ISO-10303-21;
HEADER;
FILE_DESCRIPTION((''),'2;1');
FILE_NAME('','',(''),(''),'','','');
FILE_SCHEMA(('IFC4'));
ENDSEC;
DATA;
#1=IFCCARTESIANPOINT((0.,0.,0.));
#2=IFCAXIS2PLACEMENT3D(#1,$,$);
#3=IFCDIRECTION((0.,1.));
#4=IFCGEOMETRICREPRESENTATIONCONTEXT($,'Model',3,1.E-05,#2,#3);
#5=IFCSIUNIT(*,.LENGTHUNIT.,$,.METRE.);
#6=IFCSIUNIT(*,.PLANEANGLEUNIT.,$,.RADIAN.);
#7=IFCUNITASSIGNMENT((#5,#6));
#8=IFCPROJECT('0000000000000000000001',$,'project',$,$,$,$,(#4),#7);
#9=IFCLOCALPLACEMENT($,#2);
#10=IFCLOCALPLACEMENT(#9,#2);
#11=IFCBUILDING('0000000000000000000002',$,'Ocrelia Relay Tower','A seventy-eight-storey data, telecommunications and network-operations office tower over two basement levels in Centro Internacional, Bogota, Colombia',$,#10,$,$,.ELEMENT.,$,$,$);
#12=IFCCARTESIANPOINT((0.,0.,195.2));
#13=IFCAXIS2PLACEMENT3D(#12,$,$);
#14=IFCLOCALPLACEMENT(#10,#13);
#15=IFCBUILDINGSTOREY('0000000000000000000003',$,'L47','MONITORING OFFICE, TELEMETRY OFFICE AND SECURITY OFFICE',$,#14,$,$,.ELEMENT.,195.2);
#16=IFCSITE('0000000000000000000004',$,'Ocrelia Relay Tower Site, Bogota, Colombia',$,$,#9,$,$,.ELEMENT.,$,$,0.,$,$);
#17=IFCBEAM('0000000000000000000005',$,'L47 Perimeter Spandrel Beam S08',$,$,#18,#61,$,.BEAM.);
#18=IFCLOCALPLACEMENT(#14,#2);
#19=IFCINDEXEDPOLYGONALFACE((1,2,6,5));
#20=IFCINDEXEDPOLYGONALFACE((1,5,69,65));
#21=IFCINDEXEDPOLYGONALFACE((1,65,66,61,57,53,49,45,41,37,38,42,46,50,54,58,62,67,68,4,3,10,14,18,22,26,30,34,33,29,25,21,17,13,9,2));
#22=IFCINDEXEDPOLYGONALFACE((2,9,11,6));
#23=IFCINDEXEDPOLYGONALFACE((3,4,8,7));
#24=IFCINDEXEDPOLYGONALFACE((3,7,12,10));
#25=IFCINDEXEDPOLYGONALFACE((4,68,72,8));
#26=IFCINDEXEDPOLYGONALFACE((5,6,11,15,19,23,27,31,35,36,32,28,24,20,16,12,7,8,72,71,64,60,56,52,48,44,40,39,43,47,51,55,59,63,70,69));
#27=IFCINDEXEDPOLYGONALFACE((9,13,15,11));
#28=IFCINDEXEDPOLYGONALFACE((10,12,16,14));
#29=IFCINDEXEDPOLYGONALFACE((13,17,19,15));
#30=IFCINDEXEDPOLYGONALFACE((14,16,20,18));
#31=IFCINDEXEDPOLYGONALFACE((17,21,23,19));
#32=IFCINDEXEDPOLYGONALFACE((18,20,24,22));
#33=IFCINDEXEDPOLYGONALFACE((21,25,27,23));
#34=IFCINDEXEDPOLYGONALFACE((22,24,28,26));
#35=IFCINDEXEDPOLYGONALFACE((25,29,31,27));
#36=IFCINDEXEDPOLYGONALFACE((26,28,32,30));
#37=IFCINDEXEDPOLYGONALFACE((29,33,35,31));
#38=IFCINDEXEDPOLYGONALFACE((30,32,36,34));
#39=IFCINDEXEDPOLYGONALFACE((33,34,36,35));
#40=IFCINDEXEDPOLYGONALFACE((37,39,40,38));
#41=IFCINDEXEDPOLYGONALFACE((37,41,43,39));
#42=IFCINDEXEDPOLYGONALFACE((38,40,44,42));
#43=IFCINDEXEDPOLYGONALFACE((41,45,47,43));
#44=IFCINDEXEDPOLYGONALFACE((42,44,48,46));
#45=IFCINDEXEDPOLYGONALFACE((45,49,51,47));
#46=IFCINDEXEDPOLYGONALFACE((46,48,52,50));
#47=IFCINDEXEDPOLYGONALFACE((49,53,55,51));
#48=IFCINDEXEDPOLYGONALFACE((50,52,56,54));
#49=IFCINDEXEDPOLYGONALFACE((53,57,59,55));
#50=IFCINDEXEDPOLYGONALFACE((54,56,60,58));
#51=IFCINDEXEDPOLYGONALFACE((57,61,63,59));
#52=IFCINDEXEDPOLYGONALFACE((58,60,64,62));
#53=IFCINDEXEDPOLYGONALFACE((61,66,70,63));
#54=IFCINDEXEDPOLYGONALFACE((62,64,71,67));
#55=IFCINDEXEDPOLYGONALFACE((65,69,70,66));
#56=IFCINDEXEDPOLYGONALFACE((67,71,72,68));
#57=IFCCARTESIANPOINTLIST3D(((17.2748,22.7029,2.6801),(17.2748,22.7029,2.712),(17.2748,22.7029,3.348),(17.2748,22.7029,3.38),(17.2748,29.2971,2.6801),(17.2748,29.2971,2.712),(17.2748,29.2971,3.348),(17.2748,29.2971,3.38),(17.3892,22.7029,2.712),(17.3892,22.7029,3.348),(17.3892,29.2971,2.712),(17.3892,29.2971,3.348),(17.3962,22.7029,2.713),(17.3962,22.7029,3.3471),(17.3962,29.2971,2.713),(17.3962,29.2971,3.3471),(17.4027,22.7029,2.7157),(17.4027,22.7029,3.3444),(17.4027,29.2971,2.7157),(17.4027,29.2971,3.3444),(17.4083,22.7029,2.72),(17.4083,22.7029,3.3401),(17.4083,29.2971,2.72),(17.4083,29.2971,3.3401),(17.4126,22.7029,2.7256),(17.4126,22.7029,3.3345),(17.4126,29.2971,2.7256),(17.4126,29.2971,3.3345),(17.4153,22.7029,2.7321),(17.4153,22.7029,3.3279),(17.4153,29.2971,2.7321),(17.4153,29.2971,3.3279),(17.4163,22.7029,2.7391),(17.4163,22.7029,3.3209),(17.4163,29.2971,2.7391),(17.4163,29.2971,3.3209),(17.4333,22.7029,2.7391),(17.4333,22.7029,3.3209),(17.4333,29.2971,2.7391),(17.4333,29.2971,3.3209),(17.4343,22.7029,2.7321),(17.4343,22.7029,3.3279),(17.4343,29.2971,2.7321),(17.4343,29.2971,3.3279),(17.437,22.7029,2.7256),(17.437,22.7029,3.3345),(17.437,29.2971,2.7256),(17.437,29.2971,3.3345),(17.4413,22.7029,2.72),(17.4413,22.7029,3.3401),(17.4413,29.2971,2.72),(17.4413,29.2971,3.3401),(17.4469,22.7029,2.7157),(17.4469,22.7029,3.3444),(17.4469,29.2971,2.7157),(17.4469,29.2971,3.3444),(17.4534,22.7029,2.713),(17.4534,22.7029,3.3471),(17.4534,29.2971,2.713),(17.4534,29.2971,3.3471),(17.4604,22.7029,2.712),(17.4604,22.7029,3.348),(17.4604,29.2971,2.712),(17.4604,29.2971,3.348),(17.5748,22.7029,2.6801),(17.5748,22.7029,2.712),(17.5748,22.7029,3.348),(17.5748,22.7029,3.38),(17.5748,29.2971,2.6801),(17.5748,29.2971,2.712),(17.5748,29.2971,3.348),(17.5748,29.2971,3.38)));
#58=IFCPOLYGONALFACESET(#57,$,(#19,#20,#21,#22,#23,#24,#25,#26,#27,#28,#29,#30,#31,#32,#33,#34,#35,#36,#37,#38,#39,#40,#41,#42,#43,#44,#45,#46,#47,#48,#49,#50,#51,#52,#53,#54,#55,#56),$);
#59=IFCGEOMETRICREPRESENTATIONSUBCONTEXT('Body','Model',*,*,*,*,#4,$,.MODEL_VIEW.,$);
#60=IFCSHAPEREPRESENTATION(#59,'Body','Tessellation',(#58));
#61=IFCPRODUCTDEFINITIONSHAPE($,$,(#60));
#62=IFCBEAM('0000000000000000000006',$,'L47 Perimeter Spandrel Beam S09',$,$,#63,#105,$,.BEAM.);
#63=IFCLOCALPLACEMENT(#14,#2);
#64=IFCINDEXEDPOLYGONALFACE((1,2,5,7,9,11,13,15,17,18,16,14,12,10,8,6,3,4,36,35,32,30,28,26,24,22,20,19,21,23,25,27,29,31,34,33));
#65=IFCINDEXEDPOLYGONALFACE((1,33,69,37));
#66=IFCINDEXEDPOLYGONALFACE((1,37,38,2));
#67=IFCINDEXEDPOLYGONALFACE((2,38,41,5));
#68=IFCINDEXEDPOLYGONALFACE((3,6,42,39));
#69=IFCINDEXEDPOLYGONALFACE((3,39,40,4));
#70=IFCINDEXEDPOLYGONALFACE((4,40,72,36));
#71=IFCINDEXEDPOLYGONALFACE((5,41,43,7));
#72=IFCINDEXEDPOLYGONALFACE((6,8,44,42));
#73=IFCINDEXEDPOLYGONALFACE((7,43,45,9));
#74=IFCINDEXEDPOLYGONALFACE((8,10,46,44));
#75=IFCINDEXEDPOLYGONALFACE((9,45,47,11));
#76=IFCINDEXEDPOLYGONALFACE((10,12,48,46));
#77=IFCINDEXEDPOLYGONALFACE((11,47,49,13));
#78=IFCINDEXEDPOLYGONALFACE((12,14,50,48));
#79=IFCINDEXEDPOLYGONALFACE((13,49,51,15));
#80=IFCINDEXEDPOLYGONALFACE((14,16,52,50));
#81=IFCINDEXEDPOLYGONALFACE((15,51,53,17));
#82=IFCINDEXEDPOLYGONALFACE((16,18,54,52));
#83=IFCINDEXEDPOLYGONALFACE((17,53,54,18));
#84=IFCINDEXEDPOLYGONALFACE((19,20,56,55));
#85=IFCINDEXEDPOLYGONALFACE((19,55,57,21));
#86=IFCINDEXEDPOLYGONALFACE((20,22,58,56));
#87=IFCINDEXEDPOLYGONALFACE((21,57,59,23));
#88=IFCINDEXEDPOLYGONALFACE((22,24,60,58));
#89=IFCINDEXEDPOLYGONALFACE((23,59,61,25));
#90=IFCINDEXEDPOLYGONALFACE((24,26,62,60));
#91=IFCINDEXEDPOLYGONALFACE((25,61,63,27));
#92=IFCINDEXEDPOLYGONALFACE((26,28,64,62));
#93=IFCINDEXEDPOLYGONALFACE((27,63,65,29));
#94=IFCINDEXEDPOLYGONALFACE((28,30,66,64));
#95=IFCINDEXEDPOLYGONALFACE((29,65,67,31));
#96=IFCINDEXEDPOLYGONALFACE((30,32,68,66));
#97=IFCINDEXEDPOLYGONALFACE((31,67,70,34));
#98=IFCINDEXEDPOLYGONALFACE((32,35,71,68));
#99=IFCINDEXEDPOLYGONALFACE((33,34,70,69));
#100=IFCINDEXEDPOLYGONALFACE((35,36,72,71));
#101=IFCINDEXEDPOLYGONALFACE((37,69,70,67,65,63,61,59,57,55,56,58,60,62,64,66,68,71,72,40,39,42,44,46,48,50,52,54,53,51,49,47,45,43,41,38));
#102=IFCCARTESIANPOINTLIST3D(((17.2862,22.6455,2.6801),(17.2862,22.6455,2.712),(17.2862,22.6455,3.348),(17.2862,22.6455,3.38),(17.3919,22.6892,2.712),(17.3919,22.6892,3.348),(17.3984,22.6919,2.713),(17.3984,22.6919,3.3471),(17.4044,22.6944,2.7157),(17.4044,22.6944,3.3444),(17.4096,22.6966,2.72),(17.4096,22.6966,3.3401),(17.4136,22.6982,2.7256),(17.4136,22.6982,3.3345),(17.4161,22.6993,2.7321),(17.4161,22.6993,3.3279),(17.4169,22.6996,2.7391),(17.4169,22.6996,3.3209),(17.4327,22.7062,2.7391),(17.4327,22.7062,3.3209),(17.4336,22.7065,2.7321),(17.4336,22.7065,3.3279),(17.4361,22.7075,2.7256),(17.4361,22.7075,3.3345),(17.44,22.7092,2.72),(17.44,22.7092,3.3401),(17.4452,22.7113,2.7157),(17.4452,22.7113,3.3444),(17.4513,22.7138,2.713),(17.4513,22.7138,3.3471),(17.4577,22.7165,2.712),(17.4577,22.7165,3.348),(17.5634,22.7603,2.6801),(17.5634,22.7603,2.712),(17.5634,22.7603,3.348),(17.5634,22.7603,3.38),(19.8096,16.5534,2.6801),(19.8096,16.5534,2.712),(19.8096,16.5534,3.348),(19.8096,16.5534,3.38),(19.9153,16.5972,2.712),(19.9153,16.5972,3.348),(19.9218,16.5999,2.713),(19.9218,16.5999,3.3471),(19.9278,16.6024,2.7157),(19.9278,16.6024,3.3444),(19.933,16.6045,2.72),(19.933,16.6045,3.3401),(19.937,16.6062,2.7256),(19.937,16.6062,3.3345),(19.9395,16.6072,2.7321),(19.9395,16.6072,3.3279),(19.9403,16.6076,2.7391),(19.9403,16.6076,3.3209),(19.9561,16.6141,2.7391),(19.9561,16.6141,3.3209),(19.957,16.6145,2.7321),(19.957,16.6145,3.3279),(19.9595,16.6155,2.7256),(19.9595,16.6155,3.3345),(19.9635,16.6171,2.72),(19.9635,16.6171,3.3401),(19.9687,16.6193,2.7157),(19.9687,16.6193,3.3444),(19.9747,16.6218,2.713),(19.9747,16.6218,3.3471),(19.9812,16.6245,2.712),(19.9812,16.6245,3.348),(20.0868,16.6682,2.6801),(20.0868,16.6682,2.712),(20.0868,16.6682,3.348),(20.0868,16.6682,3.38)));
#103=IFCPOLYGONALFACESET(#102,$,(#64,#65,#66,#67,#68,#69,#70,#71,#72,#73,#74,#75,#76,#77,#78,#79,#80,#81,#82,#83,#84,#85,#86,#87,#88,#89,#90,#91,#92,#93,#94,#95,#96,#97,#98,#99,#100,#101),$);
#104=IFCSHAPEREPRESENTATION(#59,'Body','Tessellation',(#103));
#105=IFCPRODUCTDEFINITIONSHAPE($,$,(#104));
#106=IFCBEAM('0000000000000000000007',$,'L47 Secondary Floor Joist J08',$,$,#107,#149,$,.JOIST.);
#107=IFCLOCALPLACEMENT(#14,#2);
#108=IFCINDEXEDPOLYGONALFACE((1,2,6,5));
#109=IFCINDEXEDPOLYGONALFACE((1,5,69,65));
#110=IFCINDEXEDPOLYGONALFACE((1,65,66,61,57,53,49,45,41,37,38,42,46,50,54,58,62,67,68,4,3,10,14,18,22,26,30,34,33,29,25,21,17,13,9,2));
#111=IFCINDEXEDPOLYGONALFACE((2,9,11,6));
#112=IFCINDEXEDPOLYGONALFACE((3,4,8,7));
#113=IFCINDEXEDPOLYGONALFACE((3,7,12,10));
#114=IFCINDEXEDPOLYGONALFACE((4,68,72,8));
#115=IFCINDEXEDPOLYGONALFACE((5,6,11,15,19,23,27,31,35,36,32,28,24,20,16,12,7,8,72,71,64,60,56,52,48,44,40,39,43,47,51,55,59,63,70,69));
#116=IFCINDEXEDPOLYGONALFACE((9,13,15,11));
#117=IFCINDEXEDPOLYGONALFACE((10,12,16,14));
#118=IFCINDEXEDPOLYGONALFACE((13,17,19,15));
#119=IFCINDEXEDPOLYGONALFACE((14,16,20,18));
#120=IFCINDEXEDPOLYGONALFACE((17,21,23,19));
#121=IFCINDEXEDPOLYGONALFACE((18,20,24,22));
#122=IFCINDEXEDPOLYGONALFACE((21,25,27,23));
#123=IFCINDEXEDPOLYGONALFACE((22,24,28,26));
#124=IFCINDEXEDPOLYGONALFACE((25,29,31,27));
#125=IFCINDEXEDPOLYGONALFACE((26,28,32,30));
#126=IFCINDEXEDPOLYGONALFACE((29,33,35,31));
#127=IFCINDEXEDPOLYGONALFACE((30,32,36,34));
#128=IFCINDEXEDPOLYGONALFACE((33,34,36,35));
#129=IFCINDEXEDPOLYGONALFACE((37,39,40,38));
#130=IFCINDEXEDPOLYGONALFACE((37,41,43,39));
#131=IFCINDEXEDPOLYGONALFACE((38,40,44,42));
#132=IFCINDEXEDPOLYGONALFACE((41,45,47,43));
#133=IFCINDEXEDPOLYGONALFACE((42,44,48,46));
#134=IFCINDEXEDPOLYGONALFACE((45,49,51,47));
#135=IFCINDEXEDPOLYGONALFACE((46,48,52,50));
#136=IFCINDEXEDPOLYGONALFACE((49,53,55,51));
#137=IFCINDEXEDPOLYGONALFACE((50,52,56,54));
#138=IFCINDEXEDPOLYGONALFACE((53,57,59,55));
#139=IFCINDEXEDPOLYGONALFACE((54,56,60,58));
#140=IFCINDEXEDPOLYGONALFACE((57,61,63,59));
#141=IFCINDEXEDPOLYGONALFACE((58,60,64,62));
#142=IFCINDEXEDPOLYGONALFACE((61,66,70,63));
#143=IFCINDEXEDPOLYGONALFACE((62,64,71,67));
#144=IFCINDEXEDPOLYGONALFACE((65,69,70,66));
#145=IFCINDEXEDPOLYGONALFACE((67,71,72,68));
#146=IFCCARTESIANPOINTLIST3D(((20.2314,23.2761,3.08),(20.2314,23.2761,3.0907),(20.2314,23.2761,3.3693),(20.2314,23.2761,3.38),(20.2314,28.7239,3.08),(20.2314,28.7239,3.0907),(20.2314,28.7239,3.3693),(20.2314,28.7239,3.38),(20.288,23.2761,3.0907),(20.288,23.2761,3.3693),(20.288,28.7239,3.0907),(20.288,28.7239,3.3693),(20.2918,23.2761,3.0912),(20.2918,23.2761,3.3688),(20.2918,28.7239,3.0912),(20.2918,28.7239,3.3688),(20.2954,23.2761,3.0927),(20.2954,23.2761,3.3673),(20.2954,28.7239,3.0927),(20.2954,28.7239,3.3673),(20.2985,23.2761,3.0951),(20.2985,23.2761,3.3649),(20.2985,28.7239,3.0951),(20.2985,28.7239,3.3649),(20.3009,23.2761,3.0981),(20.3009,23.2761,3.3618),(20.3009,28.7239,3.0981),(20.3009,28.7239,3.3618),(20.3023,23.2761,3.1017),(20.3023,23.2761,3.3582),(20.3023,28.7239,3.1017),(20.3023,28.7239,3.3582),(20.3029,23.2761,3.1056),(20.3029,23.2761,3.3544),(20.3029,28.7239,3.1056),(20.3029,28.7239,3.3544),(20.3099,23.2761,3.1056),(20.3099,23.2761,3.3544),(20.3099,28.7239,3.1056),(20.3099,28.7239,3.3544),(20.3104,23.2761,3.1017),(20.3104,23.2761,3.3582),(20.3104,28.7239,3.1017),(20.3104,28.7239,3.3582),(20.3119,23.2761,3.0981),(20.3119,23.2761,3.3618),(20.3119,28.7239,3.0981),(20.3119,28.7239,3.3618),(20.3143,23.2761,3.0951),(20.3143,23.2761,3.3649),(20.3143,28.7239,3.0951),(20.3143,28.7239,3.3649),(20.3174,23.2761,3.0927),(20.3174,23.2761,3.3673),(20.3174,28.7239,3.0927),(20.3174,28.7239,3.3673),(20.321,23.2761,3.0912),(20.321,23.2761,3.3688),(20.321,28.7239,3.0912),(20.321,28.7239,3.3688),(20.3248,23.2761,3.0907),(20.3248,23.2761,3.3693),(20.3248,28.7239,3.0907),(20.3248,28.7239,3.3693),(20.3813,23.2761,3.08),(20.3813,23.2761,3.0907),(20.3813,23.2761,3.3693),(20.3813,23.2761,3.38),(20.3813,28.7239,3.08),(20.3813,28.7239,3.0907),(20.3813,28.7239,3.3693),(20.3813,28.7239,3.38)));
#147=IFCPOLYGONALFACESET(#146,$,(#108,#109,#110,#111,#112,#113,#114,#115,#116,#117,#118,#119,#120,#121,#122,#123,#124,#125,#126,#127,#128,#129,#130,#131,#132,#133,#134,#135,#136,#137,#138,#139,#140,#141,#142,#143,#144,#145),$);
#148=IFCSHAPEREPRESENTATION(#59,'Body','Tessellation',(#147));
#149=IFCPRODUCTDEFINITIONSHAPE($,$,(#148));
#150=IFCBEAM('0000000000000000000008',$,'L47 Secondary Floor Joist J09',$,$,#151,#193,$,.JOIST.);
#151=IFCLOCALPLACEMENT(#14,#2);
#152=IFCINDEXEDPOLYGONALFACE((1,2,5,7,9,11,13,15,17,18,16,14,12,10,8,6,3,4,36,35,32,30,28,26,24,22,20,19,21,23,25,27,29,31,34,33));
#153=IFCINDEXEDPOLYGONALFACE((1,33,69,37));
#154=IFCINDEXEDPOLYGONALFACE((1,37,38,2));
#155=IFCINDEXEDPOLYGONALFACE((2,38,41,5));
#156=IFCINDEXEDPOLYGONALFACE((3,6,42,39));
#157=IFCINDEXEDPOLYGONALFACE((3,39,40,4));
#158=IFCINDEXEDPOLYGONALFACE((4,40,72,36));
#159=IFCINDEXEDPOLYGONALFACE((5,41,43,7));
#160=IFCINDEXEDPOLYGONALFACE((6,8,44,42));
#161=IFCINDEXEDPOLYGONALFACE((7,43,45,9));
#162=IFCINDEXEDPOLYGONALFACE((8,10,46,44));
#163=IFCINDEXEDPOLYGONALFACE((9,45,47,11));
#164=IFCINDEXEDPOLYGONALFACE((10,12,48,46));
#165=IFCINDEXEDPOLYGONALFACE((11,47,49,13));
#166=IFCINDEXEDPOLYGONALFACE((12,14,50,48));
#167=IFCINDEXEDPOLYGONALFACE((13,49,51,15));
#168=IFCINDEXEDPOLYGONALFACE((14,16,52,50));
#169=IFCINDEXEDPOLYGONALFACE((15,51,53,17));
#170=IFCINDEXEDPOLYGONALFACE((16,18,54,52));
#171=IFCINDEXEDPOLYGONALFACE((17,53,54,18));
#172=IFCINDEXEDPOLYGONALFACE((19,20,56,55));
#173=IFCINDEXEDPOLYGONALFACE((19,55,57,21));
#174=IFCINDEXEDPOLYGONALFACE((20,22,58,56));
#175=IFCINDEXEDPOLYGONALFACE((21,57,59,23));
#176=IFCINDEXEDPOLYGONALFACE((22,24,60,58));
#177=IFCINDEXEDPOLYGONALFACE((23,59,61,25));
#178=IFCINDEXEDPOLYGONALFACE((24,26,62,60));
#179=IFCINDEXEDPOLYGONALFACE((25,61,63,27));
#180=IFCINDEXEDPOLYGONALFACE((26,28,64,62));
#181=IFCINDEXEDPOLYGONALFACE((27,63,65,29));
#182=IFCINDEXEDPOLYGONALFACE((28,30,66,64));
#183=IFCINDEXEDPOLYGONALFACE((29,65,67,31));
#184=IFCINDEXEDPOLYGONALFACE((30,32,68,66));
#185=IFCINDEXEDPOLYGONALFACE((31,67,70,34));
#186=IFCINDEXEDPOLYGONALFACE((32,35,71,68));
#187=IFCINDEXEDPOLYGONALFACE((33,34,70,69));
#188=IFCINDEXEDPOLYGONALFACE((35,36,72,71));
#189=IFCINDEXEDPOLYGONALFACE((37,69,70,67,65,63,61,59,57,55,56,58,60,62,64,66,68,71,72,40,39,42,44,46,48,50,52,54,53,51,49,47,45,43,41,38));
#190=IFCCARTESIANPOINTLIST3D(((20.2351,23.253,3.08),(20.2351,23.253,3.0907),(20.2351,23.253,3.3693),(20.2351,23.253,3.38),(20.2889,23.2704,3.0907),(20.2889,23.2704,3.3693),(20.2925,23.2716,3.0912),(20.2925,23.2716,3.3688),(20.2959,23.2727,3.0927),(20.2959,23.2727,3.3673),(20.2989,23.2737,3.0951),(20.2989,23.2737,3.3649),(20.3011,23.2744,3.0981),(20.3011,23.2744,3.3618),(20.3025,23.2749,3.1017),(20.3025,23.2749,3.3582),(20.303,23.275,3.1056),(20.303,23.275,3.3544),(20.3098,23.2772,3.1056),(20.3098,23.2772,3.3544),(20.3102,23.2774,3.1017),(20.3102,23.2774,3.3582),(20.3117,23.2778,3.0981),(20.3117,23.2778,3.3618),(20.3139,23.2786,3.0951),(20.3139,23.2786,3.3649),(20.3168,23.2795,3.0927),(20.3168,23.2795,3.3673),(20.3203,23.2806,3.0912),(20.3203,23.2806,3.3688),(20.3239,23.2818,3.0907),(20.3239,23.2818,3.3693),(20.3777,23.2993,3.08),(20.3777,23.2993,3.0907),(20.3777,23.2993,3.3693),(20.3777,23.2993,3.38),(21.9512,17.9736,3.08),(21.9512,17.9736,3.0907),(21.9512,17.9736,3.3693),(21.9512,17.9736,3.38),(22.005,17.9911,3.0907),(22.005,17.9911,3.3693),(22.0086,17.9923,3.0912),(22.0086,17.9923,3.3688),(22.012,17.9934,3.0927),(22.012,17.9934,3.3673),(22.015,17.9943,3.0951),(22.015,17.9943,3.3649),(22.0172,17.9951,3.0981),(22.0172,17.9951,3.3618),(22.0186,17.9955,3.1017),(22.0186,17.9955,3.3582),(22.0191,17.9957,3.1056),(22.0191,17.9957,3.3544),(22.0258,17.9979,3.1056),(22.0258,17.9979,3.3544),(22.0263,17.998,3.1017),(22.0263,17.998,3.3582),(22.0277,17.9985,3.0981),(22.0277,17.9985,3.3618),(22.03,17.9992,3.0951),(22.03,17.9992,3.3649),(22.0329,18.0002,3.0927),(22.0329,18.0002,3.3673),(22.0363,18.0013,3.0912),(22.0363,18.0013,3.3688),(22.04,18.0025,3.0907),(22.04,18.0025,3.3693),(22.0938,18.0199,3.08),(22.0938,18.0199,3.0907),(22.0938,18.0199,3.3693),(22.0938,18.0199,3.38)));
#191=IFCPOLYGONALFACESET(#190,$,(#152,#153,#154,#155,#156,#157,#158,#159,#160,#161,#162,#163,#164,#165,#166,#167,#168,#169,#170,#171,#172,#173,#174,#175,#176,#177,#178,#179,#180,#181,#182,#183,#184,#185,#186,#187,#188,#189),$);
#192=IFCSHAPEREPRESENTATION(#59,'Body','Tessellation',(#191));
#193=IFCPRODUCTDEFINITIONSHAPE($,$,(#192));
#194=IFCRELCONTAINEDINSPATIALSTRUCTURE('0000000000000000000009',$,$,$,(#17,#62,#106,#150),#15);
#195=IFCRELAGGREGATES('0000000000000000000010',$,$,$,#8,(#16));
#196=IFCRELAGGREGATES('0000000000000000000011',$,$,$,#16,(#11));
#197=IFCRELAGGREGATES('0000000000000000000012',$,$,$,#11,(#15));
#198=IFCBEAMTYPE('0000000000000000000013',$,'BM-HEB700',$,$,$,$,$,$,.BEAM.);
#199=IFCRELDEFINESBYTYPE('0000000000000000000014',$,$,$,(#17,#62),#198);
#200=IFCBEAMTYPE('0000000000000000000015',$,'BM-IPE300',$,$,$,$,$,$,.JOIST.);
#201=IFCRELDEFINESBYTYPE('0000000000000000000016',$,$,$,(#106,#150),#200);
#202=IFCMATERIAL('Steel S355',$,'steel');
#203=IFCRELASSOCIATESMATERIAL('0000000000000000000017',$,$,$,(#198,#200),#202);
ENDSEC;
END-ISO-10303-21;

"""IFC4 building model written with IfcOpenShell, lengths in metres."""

from ifc_helpers import new_model, si_unit, direction, frame, origin, origin_2d, place, context, subcontext, project, spatial, i_section, extrude, material, material_profile, profile_set, type_object, element, save


model = new_model("IFC4")

# Units and contexts
model_context = context("Model", 3, precision=1e-05, world=origin(), true_north=direction((0.0, 1.0)))
body_context = subcontext(model_context, "Body", "Model", "MODEL_VIEW")
ifc_project = project(units=[si_unit("LENGTHUNIT", "METRE"), si_unit("PLANEANGLEUNIT", "RADIAN")], contexts=[model_context])

# Site, building, storey
site_placement = place(None, origin())
site = spatial("IfcSite", under=ifc_project, at=site_placement, Name="Ocrelia Relay Tower Site, Bogota, Colombia", CompositionType="ELEMENT", RefElevation=0.0)
building_placement = place(site_placement, origin())
building = spatial("IfcBuilding", under=site, at=building_placement, Name="Ocrelia Relay Tower", Description="A seventy-eight-storey data, telecommunications and network-operations office tower over two basement levels in Centro Internacional, Bogota, Colombia", CompositionType="ELEMENT")
storey_placement = place(building_placement, frame((0.0, 0.0, 195.2)))
storey = spatial("IfcBuildingStorey", under=building, at=storey_placement, Name="L47", Description="MONITORING OFFICE, TELEMETRY OFFICE AND SECURITY OFFICE", CompositionType="ELEMENT", Elevation=195.2)

# Beams
ifc_material_1 = material(Name="Steel S355", Category="steel")
ifc_material_profile_1 = material_profile(ifc_material_1, i_section(OverallWidth=0.3, OverallDepth=0.7, WebThickness=0.0171, FlangeThickness=0.032, FilletRadius=0.0271, at=origin_2d()), Name="HEB 700")
ifc_profile_set_1 = profile_set([ifc_material_profile_1], Name="Steel S355")
beam_type_1 = type_object("IfcBeamType", Name="BM-HEB700", PredefinedType="BEAM", material=ifc_profile_set_1)
beam_1_placement = place(storey_placement, frame((17.4248, 29.2971, 3.03), z_axis=(0.0, -1.0, 0.0), x_axis=(1.0, 0.0, 0.0)))
element("IfcBeam", 1, at=beam_1_placement, inside=storey, type_object=beam_type_1, Name="L47 Perimeter Spandrel Beam S08", PredefinedType="BEAM", context=body_context, shape_type="SweptSolid", body=[
    extrude(i_section(OverallWidth=0.3, OverallDepth=0.7, WebThickness=0.0171, FlangeThickness=0.032, FilletRadius=0.0271, at=origin_2d()), origin(), (0.0, 0.0, 1.0), 6.5942),
])
beam_2_placement = place(storey_placement, frame((17.4248, 22.7029, 3.03), z_axis=(0.382688, -0.923878, 0.0), x_axis=(0.923878, 0.382688, 0.0)))
element("IfcBeam", 2, at=beam_2_placement, inside=storey, type_object=beam_type_1, Name="L47 Perimeter Spandrel Beam S09", PredefinedType="BEAM", context=body_context, shape_type="SweptSolid", body=[
    extrude(i_section(OverallWidth=0.3, OverallDepth=0.7, WebThickness=0.0171, FlangeThickness=0.032, FilletRadius=0.0271, at=origin_2d()), origin(), (0.0, 0.0, 1.0), 6.594),
])
ifc_material_profile_2 = material_profile(ifc_material_1, i_section(OverallWidth=0.1499, OverallDepth=0.3, WebThickness=0.0071, FlangeThickness=0.0107, FilletRadius=0.0149, at=origin_2d()), Name="IPE 300")
ifc_profile_set_2 = profile_set([ifc_material_profile_2], Name="Steel S355")
beam_type_2 = type_object("IfcBeamType", Name="BM-IPE300", PredefinedType="JOIST", material=ifc_profile_set_2)
beam_3_placement = place(storey_placement, frame((20.3064, 28.7239, 3.23), z_axis=(0.0, -1.0, 0.0), x_axis=(1.0, 0.0, 0.0)))
element("IfcBeam", 3, at=beam_3_placement, inside=storey, type_object=beam_type_2, Name="L47 Secondary Floor Joist J08", PredefinedType="JOIST", context=body_context, shape_type="SweptSolid", body=[
    extrude(i_section(OverallWidth=0.1499, OverallDepth=0.3, WebThickness=0.0071, FlangeThickness=0.0107, FilletRadius=0.0149, at=origin_2d()), origin(), (0.0, 0.0, 1.0), 5.4478),
])
beam_4_placement = place(storey_placement, frame((20.3064, 23.2761, 3.23), z_axis=(0.309134, -0.951019, 0.0), x_axis=(0.951019, 0.309134, 0.0)))
element("IfcBeam", 4, at=beam_4_placement, inside=storey, type_object=beam_type_2, Name="L47 Secondary Floor Joist J09", PredefinedType="JOIST", context=body_context, shape_type="SweptSolid", body=[
    extrude(i_section(OverallWidth=0.1499, OverallDepth=0.3, WebThickness=0.0071, FlangeThickness=0.0107, FilletRadius=0.0149, at=origin_2d()), origin(), (0.0, 0.0, 1.0), 5.5513),
])

save(model, "model.ifc")
